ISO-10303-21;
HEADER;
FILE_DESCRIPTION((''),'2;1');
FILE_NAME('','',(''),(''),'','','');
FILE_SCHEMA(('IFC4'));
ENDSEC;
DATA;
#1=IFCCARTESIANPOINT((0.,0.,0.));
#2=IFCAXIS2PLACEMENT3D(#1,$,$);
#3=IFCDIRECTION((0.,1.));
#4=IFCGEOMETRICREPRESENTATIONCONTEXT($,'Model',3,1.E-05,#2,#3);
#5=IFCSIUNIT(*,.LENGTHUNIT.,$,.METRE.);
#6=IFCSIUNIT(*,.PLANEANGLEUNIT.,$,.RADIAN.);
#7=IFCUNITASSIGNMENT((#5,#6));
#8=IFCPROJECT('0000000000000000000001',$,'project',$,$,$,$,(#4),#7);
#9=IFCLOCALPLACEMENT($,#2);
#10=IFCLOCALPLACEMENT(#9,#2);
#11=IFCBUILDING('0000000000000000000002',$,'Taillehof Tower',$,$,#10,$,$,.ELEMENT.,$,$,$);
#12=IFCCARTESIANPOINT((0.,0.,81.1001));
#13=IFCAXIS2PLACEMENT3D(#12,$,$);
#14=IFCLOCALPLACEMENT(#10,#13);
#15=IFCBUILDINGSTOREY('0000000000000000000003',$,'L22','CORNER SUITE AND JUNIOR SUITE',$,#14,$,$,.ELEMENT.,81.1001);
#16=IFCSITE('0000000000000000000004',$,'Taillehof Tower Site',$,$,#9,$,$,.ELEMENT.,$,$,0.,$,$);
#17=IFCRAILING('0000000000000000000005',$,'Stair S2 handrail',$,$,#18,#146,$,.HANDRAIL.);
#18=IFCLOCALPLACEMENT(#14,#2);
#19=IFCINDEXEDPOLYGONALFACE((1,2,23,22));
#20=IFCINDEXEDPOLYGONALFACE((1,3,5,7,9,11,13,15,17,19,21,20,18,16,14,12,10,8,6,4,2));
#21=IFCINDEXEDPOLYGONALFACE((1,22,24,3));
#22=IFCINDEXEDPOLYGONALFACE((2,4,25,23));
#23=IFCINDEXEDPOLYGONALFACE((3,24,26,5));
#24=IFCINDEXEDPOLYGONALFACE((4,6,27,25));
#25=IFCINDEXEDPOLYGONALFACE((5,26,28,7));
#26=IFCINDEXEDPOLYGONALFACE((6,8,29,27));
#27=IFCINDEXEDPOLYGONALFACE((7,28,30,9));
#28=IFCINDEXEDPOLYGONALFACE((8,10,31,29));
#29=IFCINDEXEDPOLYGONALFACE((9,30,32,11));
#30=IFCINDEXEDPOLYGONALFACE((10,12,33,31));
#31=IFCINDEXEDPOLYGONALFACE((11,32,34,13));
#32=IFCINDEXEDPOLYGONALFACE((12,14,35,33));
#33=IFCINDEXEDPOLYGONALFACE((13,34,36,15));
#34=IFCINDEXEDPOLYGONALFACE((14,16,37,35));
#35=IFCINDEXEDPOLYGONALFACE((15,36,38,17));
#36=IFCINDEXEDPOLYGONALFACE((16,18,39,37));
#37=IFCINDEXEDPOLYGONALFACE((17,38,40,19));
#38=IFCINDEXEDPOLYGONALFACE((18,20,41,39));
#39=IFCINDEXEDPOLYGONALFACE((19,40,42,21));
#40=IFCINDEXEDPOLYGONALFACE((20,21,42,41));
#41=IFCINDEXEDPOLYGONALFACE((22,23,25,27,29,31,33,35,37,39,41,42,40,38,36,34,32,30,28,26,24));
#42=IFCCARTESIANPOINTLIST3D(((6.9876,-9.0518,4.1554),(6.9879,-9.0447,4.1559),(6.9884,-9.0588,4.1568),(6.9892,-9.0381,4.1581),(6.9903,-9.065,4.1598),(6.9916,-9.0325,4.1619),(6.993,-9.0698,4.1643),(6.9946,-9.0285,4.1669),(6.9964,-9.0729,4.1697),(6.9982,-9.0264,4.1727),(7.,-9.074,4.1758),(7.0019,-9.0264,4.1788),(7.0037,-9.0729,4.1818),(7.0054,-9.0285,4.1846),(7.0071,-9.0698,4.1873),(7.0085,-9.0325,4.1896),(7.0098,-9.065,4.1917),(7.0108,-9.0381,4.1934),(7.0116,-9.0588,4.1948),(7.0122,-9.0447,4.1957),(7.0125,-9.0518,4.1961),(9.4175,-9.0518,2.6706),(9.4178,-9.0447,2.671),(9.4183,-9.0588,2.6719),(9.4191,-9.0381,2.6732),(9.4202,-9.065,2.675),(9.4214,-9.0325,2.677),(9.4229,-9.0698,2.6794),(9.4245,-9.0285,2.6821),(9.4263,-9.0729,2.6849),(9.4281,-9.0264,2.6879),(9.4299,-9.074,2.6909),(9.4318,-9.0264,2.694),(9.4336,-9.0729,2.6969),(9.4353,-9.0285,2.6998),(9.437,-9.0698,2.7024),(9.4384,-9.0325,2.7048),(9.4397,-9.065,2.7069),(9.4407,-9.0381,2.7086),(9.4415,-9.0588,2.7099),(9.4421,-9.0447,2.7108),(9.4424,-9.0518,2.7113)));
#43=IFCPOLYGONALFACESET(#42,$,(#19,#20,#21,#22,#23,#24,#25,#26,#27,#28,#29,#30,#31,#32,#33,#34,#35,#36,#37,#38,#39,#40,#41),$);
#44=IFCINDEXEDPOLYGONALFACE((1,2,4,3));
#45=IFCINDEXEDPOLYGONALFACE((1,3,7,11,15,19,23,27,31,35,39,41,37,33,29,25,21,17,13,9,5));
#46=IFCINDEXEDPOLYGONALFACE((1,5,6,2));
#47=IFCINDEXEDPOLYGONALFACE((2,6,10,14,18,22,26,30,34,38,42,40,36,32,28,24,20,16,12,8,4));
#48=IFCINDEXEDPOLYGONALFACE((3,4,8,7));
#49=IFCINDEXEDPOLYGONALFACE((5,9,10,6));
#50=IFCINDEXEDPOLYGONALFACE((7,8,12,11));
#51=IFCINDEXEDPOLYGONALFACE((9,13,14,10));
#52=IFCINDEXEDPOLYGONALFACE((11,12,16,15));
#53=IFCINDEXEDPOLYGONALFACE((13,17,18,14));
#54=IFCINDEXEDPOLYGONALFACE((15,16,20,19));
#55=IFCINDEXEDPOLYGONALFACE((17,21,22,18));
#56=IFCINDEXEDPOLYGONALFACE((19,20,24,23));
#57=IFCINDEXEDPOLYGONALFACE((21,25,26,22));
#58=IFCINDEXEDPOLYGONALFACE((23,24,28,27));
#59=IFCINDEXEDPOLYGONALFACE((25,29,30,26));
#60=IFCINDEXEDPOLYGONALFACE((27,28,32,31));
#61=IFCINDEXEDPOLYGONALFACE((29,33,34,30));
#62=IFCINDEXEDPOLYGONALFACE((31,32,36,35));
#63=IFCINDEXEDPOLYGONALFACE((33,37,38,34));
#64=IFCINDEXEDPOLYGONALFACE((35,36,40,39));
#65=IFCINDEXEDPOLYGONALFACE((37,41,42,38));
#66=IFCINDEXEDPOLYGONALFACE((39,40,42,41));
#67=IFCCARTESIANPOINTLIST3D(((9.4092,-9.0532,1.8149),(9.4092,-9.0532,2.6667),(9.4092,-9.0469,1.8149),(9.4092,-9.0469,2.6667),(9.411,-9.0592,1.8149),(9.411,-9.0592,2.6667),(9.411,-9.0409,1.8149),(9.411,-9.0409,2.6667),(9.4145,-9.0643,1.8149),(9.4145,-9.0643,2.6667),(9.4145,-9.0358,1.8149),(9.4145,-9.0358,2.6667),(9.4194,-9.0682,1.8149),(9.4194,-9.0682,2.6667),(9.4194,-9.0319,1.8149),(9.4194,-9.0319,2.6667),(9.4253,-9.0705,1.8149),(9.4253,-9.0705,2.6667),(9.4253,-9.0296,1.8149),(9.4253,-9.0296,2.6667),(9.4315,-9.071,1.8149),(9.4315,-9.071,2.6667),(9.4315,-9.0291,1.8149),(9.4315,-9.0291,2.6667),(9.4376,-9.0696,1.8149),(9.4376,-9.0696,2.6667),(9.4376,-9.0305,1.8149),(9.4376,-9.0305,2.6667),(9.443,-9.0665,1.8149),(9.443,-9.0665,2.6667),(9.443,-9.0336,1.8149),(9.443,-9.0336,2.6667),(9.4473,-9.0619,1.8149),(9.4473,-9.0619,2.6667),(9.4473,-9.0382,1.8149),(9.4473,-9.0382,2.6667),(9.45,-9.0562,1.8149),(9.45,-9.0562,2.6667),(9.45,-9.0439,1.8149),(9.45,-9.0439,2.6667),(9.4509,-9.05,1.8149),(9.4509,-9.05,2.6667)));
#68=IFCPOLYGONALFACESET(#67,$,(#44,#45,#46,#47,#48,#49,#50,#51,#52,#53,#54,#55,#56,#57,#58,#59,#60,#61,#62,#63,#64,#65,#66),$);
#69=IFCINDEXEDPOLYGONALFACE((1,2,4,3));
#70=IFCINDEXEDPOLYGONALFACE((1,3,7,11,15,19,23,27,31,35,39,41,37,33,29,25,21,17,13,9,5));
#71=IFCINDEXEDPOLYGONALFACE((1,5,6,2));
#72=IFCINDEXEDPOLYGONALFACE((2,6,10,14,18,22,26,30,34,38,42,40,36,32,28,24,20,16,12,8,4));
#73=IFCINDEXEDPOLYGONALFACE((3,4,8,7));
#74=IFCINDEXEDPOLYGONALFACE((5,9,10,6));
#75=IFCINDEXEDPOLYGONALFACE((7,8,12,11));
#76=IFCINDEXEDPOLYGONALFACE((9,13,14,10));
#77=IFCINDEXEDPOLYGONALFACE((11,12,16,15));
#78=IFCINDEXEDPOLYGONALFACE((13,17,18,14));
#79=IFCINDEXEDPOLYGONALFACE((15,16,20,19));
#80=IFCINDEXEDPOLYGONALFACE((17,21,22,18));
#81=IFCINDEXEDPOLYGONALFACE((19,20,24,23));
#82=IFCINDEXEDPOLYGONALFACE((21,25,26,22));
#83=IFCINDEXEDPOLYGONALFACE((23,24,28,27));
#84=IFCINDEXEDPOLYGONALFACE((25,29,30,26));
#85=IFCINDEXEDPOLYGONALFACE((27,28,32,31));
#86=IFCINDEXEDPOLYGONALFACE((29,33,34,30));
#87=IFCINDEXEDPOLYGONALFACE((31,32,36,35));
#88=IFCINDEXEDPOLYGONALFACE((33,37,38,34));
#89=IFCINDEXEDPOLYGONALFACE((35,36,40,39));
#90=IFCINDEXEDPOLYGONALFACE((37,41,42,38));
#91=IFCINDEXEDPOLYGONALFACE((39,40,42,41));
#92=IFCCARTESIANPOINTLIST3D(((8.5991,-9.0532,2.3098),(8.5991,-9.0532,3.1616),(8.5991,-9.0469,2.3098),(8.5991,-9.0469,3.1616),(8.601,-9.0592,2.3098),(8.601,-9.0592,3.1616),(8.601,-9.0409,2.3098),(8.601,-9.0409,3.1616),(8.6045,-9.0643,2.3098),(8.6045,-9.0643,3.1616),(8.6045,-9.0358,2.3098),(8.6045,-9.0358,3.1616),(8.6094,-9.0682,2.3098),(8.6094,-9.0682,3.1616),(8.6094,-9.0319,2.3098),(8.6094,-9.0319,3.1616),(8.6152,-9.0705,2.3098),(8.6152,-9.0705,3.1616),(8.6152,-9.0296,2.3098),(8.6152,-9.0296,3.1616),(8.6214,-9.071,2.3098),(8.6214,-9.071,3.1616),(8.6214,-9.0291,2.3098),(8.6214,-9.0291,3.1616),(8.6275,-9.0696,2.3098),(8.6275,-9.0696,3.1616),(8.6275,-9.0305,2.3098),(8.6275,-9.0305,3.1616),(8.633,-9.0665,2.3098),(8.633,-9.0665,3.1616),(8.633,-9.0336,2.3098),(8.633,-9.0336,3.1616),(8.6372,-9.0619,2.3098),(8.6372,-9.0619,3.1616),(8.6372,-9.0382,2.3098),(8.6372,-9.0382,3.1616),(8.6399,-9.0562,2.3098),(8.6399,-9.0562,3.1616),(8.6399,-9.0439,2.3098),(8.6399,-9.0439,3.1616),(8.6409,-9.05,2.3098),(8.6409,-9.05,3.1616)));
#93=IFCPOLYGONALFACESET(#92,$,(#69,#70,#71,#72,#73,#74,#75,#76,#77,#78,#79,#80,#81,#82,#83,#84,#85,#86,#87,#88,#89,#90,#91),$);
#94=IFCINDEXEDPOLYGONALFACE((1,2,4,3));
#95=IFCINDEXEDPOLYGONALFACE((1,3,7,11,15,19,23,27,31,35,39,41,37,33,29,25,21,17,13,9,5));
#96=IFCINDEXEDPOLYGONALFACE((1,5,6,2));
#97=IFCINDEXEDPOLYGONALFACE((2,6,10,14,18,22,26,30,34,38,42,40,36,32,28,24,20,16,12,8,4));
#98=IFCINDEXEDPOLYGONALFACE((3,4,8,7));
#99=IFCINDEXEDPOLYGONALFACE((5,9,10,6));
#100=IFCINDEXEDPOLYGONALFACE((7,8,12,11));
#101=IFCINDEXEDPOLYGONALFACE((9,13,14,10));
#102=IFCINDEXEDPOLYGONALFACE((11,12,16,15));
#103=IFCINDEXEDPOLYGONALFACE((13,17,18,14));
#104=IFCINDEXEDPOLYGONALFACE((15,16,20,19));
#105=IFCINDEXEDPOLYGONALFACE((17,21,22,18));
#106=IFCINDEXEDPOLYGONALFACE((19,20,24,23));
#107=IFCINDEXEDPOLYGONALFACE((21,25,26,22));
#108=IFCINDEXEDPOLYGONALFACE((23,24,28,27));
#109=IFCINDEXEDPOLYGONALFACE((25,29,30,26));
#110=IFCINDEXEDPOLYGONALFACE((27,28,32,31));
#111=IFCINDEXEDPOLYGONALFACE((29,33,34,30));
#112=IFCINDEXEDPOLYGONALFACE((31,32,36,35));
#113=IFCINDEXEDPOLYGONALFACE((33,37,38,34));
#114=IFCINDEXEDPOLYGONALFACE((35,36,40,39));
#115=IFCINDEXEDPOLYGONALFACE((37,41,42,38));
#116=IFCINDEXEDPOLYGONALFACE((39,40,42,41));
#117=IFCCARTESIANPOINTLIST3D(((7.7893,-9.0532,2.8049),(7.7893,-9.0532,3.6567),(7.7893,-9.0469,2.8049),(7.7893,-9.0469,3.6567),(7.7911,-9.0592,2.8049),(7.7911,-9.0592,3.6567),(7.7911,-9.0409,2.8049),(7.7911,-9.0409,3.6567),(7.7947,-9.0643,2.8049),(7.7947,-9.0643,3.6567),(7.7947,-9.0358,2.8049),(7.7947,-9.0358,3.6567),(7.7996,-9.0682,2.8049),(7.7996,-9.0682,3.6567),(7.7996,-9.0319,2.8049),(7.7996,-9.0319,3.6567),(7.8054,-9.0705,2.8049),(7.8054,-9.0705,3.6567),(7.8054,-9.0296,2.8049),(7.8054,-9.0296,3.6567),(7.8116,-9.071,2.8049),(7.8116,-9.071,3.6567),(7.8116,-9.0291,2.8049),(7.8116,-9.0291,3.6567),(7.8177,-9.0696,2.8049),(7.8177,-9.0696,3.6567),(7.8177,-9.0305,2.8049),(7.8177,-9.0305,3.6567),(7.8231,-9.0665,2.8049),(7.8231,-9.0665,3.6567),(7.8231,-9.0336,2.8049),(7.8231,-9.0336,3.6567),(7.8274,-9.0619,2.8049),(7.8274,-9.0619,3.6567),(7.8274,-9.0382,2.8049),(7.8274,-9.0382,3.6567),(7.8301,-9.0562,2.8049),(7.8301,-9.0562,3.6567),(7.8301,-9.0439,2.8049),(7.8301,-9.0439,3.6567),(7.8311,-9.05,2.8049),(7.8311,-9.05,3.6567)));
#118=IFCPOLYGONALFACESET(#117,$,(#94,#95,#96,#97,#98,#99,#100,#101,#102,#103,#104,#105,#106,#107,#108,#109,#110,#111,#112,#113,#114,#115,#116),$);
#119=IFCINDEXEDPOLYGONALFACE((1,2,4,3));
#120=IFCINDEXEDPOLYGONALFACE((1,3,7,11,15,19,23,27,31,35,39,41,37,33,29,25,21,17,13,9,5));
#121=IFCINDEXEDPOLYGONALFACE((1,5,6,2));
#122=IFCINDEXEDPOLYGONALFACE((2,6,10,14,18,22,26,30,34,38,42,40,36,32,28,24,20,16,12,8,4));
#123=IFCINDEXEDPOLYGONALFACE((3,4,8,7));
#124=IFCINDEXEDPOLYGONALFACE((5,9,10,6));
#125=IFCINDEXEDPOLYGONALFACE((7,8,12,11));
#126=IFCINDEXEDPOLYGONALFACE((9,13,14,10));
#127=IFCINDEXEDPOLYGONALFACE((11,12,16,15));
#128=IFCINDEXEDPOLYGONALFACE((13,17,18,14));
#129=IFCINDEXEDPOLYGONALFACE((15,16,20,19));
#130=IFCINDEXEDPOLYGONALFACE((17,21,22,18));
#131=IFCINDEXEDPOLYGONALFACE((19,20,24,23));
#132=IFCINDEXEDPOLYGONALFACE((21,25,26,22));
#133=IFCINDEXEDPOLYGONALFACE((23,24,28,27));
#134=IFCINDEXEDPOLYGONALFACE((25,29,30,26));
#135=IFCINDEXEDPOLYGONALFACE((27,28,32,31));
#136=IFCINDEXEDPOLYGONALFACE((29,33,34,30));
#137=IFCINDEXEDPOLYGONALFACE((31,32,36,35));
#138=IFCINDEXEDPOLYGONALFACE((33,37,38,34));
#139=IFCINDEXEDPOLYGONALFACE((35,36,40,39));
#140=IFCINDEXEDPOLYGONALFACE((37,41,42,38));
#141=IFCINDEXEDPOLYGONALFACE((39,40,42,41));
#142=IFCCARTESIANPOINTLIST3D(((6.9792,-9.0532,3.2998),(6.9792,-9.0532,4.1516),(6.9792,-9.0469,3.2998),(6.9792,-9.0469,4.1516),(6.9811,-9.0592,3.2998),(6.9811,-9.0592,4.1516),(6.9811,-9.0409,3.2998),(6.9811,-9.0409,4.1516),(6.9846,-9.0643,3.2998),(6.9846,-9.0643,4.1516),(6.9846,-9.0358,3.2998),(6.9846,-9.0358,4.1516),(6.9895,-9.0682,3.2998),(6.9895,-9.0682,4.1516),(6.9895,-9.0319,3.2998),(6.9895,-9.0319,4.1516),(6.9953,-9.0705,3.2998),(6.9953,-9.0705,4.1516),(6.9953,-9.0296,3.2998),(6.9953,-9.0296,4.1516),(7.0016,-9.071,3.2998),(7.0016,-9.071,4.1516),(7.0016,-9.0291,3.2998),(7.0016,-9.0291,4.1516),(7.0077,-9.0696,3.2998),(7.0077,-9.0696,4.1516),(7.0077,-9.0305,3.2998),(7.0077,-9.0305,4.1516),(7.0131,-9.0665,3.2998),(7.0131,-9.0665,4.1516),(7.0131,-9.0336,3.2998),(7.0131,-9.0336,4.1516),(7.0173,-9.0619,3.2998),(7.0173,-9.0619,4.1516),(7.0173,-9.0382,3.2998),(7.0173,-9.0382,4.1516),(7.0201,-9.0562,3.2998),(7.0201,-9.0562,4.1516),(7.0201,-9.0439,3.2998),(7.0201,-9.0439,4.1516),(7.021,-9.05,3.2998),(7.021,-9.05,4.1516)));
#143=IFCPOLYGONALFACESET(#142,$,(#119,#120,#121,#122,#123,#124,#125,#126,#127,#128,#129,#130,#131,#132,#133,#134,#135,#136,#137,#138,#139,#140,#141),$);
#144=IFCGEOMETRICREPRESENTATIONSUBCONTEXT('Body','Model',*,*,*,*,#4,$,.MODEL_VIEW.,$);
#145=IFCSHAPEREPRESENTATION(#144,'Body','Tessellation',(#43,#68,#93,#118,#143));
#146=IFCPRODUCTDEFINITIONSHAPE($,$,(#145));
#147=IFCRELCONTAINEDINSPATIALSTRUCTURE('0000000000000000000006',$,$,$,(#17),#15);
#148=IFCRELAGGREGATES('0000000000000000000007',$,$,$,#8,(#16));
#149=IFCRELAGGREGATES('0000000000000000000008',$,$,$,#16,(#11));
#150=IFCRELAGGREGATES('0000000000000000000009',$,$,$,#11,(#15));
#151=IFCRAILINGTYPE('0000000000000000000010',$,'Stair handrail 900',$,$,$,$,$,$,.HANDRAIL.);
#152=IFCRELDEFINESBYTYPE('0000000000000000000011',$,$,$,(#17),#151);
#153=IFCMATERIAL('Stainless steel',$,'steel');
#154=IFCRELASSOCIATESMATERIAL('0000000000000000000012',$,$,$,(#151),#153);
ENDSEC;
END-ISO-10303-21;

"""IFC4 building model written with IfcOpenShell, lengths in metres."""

from ifc_helpers import new_model, si_unit, direction, frame, origin, origin_2d, place, context, subcontext, project, spatial, circle, extrude, material, type_object, element, save


model = new_model("IFC4")

# Units and contexts
model_context = context("Model", 3, precision=1e-05, world=origin(), true_north=direction((0.0, 1.0)))
body_context = subcontext(model_context, "Body", "Model", "MODEL_VIEW")
ifc_project = project(units=[si_unit("LENGTHUNIT", "METRE"), si_unit("PLANEANGLEUNIT", "RADIAN")], contexts=[model_context])

# Site, building, storey
site_placement = place(None, origin())
site = spatial("IfcSite", under=ifc_project, at=site_placement, Name="Taillehof Tower Site", CompositionType="ELEMENT", RefElevation=0.0)
building_placement = place(site_placement, origin())
building = spatial("IfcBuilding", under=site, at=building_placement, Name="Taillehof Tower", CompositionType="ELEMENT")
storey_placement = place(building_placement, frame((0.0, 0.0, 81.1001)))
storey = spatial("IfcBuildingStorey", under=building, at=storey_placement, Name="L22", Description="CORNER SUITE AND JUNIOR SUITE", CompositionType="ELEMENT", Elevation=81.1001)

# Railing
ifc_material_1 = material(Name="Stainless steel", Category="steel")
railing_type = type_object("IfcRailingType", Name="Stair handrail 900", PredefinedType="HANDRAIL", material=ifc_material_1)
railing_1_placement = place(storey_placement, frame((9.4299, -9.05, 1.8149)))
element("IfcRailing", 1, at=railing_1_placement, inside=storey, type_object=railing_type, Name="Stair S2 handrail", PredefinedType="HANDRAIL", context=body_context, shape_type="SweptSolid", body=[
    extrude(circle(Radius=0.0239, at=origin_2d()), frame((0.0, 0.0, 0.876), z_axis=(-0.853297, 0.0, 0.521426), x_axis=(0.0, -1.0, 0.0)), (0.0, 0.0, 1.0), 2.8477),
    extrude(circle(Radius=0.021, at=origin_2d()), origin(), (0.0, 0.0, 1.0), 0.8518),
    extrude(circle(Radius=0.021, at=origin_2d()), frame((-0.8101, 0.0, 0.4949)), (0.0, 0.0, 1.0), 0.8518),
    extrude(circle(Radius=0.021, at=origin_2d()), frame((-1.6199, 0.0, 0.99)), (0.0, 0.0, 1.0), 0.8518),
    extrude(circle(Radius=0.021, at=origin_2d()), frame((-2.4299, 0.0, 1.4849)), (0.0, 0.0, 1.0), 0.8518),
])

save(model, "model.ifc")
